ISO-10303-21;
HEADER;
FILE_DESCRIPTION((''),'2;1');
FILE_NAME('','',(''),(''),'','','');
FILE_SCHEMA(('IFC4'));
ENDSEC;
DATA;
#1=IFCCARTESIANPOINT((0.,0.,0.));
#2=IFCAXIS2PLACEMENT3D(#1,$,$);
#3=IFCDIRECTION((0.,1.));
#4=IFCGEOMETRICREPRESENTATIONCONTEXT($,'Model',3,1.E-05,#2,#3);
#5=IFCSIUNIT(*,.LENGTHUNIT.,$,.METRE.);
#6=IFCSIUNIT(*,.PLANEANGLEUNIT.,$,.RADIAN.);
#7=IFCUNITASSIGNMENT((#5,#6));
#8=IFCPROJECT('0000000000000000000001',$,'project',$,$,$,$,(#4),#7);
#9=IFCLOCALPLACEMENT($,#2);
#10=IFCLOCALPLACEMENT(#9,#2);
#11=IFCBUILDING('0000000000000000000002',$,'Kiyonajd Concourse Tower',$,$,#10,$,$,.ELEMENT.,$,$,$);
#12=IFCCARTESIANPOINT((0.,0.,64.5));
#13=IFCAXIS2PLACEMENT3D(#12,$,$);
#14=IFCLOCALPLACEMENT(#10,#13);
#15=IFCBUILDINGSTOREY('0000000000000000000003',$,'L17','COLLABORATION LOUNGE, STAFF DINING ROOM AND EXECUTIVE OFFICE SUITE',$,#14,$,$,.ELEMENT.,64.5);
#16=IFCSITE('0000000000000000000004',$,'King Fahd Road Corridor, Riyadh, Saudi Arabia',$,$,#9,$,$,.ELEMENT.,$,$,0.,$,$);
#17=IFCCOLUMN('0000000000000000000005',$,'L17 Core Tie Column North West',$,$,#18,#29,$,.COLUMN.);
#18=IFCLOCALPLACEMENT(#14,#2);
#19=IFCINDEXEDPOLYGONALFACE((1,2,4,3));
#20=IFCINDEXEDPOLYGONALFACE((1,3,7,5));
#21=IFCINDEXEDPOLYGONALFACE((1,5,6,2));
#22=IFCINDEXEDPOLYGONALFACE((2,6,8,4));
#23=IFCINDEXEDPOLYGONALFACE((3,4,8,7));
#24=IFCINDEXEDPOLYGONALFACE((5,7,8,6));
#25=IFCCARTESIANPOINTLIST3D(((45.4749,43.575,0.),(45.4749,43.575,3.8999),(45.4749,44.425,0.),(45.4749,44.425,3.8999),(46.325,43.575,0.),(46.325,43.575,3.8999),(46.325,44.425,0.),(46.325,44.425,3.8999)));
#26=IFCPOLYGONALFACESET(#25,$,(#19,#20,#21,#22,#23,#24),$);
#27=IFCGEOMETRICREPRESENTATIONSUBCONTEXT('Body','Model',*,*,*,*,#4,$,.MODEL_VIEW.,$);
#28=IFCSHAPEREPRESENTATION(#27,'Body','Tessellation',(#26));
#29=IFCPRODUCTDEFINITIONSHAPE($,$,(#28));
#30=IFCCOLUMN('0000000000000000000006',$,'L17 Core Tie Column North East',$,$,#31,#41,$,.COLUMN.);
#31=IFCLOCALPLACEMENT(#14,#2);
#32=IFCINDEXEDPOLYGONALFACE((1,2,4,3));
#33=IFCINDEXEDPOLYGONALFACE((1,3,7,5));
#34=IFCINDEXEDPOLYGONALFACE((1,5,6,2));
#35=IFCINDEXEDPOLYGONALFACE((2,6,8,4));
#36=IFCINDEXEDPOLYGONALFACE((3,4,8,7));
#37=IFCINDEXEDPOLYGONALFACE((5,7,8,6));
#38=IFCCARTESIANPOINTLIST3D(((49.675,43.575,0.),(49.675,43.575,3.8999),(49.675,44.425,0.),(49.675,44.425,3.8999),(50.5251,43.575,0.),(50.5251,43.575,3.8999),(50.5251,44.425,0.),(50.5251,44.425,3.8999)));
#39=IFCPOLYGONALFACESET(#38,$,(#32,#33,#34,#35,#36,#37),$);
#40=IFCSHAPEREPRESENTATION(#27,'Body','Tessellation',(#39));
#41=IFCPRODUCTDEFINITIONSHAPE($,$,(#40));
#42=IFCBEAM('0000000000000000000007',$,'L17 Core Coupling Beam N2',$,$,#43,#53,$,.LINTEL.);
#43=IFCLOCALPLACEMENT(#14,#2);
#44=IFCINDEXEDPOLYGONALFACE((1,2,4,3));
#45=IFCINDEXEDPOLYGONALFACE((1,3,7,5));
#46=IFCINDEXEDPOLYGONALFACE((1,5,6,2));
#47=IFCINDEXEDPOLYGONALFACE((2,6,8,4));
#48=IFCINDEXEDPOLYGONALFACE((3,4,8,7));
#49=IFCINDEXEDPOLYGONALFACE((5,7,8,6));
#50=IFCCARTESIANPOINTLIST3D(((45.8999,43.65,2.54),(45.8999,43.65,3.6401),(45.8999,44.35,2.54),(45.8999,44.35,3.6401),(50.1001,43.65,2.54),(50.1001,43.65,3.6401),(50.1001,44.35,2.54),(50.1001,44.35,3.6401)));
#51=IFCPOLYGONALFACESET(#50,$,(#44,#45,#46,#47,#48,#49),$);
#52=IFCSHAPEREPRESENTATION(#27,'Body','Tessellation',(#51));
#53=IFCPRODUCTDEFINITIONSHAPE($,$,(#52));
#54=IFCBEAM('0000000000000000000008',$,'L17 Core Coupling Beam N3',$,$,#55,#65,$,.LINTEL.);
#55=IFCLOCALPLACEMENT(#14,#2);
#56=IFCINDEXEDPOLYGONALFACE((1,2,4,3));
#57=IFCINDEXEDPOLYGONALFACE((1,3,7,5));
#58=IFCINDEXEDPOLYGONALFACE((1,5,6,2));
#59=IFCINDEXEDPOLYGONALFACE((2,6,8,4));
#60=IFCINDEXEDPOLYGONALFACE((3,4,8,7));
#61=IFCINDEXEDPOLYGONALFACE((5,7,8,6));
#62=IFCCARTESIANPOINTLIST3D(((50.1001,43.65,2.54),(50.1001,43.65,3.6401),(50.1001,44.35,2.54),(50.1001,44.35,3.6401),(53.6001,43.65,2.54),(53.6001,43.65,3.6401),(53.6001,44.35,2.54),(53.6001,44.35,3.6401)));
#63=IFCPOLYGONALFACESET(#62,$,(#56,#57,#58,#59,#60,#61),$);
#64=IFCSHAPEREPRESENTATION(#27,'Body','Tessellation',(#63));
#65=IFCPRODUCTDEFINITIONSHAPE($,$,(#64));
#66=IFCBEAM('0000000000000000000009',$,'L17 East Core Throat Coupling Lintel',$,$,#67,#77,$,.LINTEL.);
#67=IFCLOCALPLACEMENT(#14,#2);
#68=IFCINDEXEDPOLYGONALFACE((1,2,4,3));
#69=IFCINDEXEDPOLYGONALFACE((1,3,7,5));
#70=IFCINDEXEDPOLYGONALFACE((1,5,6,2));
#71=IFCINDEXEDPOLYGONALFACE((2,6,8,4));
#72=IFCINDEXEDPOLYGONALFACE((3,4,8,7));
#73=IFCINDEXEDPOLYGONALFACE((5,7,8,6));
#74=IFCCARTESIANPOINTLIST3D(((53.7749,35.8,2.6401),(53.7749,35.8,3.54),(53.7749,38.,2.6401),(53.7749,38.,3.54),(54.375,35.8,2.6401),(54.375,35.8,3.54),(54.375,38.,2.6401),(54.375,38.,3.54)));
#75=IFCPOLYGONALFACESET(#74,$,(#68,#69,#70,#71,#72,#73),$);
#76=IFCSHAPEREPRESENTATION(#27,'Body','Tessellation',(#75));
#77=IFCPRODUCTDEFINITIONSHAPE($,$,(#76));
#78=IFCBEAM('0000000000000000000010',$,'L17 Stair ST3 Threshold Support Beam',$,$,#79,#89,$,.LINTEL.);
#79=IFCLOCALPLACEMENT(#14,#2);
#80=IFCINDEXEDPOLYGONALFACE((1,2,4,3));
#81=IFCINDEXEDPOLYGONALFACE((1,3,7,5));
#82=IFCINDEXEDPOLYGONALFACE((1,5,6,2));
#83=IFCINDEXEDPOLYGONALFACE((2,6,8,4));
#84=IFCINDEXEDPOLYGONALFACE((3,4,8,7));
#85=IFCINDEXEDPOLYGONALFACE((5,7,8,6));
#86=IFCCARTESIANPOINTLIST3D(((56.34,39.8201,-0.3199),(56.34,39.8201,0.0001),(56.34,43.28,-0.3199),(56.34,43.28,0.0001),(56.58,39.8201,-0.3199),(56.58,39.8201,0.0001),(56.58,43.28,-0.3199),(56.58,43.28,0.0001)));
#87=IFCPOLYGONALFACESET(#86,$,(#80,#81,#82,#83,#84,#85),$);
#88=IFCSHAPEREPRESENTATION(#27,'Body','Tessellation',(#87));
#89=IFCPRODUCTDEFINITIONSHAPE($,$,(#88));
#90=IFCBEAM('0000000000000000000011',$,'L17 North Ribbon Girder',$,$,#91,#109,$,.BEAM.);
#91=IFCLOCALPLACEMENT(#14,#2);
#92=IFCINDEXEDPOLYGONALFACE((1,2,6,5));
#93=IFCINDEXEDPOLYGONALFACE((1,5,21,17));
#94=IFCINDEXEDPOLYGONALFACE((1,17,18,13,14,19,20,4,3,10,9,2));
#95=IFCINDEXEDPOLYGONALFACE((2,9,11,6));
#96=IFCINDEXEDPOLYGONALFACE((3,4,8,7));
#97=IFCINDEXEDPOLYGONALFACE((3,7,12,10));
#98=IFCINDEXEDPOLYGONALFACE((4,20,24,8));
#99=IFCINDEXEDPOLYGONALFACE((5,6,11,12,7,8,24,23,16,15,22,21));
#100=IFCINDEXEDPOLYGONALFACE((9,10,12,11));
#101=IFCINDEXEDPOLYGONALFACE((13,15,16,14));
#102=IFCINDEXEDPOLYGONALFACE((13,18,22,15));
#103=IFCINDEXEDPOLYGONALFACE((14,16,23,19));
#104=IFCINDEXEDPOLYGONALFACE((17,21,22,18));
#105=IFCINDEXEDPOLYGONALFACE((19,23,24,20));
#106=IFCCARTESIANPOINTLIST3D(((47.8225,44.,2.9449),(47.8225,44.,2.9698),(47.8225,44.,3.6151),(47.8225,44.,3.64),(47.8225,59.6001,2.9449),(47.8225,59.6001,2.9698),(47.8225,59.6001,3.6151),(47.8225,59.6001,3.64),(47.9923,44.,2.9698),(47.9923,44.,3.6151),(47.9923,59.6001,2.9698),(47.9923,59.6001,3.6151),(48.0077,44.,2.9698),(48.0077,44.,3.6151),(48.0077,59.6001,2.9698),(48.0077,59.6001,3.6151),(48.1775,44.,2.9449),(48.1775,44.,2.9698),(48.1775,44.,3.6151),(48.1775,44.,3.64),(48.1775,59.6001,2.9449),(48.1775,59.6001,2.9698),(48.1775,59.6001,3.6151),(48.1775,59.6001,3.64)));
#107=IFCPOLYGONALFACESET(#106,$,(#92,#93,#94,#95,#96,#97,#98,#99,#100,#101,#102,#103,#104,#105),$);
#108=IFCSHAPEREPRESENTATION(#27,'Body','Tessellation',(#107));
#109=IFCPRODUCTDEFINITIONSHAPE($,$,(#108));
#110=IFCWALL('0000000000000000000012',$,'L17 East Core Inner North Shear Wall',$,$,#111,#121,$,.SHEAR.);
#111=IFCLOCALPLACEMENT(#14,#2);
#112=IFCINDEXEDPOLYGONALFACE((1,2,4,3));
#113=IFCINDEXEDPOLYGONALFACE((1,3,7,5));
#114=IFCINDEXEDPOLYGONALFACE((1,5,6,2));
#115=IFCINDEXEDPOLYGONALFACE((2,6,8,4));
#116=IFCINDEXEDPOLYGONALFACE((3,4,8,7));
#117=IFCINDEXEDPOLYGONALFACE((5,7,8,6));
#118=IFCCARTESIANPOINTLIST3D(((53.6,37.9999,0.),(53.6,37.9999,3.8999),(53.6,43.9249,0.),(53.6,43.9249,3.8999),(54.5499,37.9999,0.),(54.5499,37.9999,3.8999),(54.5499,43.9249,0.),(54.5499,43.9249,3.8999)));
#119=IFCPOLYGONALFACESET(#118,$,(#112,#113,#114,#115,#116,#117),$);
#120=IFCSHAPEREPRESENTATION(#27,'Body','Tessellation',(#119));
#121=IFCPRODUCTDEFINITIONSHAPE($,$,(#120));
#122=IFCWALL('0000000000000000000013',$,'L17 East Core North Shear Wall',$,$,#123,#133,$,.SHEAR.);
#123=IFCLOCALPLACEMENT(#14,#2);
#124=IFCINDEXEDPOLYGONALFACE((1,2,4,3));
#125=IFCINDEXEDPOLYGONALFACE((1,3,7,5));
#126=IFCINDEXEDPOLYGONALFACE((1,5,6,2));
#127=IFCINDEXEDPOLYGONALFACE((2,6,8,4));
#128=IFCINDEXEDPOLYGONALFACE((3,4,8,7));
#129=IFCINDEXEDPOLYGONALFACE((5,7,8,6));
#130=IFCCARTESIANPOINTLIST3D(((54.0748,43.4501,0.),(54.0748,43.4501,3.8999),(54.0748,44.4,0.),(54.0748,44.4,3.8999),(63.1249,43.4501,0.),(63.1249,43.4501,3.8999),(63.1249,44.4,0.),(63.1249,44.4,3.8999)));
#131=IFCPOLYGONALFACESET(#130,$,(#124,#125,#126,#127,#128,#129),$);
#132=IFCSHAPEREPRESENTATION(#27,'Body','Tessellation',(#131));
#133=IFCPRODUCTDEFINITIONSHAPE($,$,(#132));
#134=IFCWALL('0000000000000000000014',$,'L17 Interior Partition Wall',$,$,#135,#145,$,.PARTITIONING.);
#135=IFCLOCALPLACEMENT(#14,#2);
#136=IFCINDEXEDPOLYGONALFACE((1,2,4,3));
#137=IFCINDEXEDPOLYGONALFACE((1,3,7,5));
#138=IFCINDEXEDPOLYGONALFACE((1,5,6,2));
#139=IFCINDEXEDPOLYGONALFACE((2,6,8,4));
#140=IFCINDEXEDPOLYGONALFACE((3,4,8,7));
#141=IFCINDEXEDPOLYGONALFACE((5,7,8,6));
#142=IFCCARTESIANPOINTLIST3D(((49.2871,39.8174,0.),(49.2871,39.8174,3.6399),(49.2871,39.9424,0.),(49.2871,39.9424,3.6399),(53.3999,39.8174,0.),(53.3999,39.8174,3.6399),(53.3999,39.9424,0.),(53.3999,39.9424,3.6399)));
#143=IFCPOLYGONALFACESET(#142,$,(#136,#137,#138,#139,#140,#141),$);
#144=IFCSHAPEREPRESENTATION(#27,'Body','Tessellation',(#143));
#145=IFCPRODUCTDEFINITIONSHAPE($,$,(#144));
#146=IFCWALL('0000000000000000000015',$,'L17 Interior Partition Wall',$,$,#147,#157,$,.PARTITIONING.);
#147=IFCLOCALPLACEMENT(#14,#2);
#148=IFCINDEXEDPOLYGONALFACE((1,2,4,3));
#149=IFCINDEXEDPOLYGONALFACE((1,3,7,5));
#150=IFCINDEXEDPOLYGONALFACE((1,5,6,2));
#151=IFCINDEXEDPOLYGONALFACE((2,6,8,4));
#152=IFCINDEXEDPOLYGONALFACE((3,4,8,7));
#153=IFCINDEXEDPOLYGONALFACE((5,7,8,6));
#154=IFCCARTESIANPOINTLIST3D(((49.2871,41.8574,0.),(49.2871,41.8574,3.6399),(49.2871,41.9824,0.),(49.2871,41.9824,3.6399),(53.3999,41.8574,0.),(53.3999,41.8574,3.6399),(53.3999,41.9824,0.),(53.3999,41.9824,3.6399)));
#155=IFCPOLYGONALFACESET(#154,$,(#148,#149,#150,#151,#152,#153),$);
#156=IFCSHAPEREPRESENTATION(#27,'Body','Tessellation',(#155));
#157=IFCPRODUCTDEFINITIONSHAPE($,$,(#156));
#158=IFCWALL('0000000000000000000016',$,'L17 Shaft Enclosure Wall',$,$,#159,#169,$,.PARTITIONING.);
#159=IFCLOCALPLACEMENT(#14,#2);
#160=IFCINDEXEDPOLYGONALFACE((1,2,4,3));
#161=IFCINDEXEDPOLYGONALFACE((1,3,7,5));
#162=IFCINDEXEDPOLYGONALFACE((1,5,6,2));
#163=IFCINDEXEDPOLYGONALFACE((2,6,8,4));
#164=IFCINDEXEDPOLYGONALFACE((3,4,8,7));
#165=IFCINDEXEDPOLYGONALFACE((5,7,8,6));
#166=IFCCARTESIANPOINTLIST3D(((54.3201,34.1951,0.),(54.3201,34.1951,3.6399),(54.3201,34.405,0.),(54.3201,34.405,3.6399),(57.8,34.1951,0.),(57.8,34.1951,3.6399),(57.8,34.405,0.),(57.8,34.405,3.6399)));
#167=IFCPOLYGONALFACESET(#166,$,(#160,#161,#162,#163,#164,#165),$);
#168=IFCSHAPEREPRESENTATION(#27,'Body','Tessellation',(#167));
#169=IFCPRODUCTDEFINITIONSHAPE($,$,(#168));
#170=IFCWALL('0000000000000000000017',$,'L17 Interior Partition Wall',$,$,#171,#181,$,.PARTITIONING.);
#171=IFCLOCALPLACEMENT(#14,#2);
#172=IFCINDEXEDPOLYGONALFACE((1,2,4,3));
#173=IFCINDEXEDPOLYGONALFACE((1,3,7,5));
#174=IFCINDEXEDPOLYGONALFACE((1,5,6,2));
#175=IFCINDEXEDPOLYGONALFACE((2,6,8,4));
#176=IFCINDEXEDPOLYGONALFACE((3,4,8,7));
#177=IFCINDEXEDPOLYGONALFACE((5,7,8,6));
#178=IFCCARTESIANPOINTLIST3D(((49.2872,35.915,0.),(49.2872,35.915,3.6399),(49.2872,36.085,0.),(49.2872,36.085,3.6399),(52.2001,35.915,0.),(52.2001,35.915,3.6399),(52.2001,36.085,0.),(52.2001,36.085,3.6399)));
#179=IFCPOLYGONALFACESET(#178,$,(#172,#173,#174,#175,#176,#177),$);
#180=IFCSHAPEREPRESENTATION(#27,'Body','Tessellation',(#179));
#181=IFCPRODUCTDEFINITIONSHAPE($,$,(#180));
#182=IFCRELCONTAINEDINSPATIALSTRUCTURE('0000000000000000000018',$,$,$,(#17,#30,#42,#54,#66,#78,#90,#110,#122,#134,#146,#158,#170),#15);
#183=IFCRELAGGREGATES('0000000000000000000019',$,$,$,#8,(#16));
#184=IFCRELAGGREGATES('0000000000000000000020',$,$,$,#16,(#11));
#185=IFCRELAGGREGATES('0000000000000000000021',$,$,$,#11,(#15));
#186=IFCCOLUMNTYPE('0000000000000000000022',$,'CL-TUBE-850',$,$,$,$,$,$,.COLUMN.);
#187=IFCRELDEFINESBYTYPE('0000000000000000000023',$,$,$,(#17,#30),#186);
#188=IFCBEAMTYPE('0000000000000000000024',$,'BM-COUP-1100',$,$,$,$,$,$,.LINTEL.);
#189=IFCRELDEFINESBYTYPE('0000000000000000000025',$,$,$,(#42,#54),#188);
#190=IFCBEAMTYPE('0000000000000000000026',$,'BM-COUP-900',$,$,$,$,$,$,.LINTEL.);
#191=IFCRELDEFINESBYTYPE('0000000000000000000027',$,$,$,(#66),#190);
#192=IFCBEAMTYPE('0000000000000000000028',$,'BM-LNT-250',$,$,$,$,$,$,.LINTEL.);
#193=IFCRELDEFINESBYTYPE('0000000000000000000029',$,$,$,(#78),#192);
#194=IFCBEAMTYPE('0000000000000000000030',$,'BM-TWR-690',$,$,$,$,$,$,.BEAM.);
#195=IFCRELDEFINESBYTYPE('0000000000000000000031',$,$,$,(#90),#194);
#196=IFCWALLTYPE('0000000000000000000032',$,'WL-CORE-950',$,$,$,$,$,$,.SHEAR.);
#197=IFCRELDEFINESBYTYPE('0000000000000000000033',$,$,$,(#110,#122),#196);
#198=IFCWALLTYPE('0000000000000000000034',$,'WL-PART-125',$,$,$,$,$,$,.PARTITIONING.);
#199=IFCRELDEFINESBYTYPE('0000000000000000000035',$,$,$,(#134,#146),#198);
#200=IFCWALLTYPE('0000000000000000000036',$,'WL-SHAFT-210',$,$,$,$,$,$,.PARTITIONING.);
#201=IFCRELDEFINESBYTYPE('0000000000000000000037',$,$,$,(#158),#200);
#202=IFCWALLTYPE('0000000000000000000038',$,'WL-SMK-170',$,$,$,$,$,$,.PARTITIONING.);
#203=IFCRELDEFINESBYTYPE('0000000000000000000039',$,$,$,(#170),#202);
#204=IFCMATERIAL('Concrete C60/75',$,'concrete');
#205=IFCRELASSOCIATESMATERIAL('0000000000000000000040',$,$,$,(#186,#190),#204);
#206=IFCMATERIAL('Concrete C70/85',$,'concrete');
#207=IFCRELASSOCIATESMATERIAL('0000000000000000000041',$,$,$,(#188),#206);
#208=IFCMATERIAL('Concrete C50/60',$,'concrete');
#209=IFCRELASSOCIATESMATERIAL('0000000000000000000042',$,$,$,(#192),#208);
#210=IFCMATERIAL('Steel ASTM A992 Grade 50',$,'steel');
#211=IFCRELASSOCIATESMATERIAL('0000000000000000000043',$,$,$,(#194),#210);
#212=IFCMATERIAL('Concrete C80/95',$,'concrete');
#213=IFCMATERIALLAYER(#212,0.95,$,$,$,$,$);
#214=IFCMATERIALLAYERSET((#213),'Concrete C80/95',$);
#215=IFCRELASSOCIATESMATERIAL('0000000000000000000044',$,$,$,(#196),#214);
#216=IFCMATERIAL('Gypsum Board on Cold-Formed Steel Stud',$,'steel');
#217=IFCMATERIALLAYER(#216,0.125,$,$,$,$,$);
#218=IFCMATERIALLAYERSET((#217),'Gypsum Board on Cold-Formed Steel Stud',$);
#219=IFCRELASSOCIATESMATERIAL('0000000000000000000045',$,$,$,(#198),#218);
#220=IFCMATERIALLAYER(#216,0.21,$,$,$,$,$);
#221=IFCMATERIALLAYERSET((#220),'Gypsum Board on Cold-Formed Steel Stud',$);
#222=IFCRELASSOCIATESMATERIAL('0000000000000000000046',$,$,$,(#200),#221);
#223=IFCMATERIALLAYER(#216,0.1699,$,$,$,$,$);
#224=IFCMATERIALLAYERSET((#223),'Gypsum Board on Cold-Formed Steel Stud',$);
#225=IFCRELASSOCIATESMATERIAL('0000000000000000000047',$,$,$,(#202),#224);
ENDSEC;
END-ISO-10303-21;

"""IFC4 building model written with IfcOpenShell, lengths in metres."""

from ifc_helpers import new_model, si_unit, direction, frame, frame_2d, origin, origin_2d, place, context, subcontext, project, spatial, rectangle, i_section, extrude, material, layer, layer_set, material_profile, profile_set, type_object, element, save


model = new_model("IFC4")

# Units and contexts
model_context = context("Model", 3, precision=1e-05, world=origin(), true_north=direction((0.0, 1.0)))
body_context = subcontext(model_context, "Body", "Model", "MODEL_VIEW")
ifc_project = project(units=[si_unit("LENGTHUNIT", "METRE"), si_unit("PLANEANGLEUNIT", "RADIAN")], contexts=[model_context])

# Site, building, storey
site_placement = place(None, origin())
site = spatial("IfcSite", under=ifc_project, at=site_placement, Name="King Fahd Road Corridor, Riyadh, Saudi Arabia", CompositionType="ELEMENT", RefElevation=0.0)
building_placement = place(site_placement, origin())
building = spatial("IfcBuilding", under=site, at=building_placement, Name="Kiyonajd Concourse Tower", CompositionType="ELEMENT")
storey_placement = place(building_placement, frame((0.0, 0.0, 64.5)))
storey = spatial("IfcBuildingStorey", under=building, at=storey_placement, Name="L17", Description="COLLABORATION LOUNGE, STAFF DINING ROOM AND EXECUTIVE OFFICE SUITE", CompositionType="ELEMENT", Elevation=64.5)

# Columns
ifc_material_1 = material(Name="Concrete C60/75", Category="concrete")
ifc_material_profile_1 = material_profile(ifc_material_1, rectangle(XDim=0.8501, YDim=0.8501, at=origin_2d()), Name="RC-850x850")
ifc_profile_set_1 = profile_set([ifc_material_profile_1], Name="Concrete C60/75")
column_type = type_object("IfcColumnType", Name="CL-TUBE-850", PredefinedType="COLUMN", material=ifc_profile_set_1)
for number, where, z_axis, x_axis, name in (
    (1, (45.8999, 44.0, 0.0), (0.0, 0.0, 1.0), (1.0, 0.0, 0.0), "L17 Core Tie Column North West"),
    (2, (50.1001, 44.0, 0.0), (0.0, 0.0, 1.0), (1.0, 0.0, 0.0), "L17 Core Tie Column North East"),
):
    element("IfcColumn", number, at=place(storey_placement, frame(where, z_axis=z_axis, x_axis=x_axis)), inside=storey, type_object=column_type, Name=name, PredefinedType="COLUMN", context=body_context, shape_type="SweptSolid", body=[
        extrude(rectangle(XDim=0.8501, YDim=0.8501, at=origin_2d()), origin(), (0.0, 0.0, 1.0), 3.8999),
    ])

# Beams
ifc_material_2 = material(Name="Concrete C70/85", Category="concrete")
ifc_material_profile_2 = material_profile(ifc_material_2, rectangle(XDim=0.7, YDim=1.1001, at=origin_2d()), Name="RCBM-700x1100")
ifc_profile_set_2 = profile_set([ifc_material_profile_2], Name="Concrete C70/85")
beam_type_1 = type_object("IfcBeamType", Name="BM-COUP-1100", PredefinedType="LINTEL", material=ifc_profile_set_2)
beam_1_placement = place(storey_placement, frame((45.8999, 44.0, 3.0901), z_axis=(1.0, 0.0, 0.0), x_axis=(0.0, 1.0, 0.0)))
element("IfcBeam", 3, at=beam_1_placement, inside=storey, type_object=beam_type_1, Name="L17 Core Coupling Beam N2", PredefinedType="LINTEL", context=body_context, shape_type="SweptSolid", body=[
    extrude(rectangle(XDim=0.7, YDim=1.1001, at=origin_2d()), origin(), (0.0, 0.0, 1.0), 4.2002),
])
beam_2_placement = place(storey_placement, frame((50.1001, 44.0, 3.0901), z_axis=(1.0, 0.0, 0.0), x_axis=(0.0, 1.0, 0.0)))
element("IfcBeam", 4, at=beam_2_placement, inside=storey, type_object=beam_type_1, Name="L17 Core Coupling Beam N3", PredefinedType="LINTEL", context=body_context, shape_type="SweptSolid", body=[
    extrude(rectangle(XDim=0.7, YDim=1.1001, at=origin_2d()), origin(), (0.0, 0.0, 1.0), 3.5),
])
ifc_material_profile_3 = material_profile(ifc_material_1, rectangle(XDim=0.6001, YDim=0.8999, at=origin_2d()), Name="RCBM-600x900")
ifc_profile_set_3 = profile_set([ifc_material_profile_3], Name="Concrete C60/75")
beam_type_2 = type_object("IfcBeamType", Name="BM-COUP-900", PredefinedType="LINTEL", material=ifc_profile_set_3)
beam_3_placement = place(storey_placement, frame((54.075, 35.8, 3.0901), z_axis=(0.0, 1.0, 0.0), x_axis=(-1.0, 0.0, 0.0)))
element("IfcBeam", 5, at=beam_3_placement, inside=storey, type_object=beam_type_2, Name="L17 East Core Throat Coupling Lintel", PredefinedType="LINTEL", context=body_context, shape_type="SweptSolid", body=[
    extrude(rectangle(XDim=0.6001, YDim=0.8999, at=origin_2d()), origin(), (0.0, 0.0, 1.0), 2.2),
])
ifc_material_3 = material(Name="Concrete C50/60", Category="concrete")
ifc_material_profile_4 = material_profile(ifc_material_3, rectangle(XDim=0.24, YDim=0.3201, at=origin_2d()), Name="RCBM-240x320")
ifc_profile_set_4 = profile_set([ifc_material_profile_4], Name="Concrete C50/60")
beam_type_3 = type_object("IfcBeamType", Name="BM-LNT-250", PredefinedType="LINTEL", material=ifc_profile_set_4)
beam_4_placement = place(storey_placement, frame((56.46, 39.8201, -0.1599), z_axis=(0.0, 1.0, 0.0), x_axis=(-1.0, 0.0, 0.0)))
element("IfcBeam", 6, at=beam_4_placement, inside=storey, type_object=beam_type_3, Name="L17 Stair ST3 Threshold Support Beam", PredefinedType="LINTEL", context=body_context, shape_type="SweptSolid", body=[
    extrude(rectangle(XDim=0.24, YDim=0.3201, at=origin_2d()), origin(), (0.0, 0.0, 1.0), 3.46),
])
ifc_material_4 = material(Name="Steel ASTM A992 Grade 50", Category="steel")
ifc_material_profile_5 = material_profile(ifc_material_4, i_section(OverallWidth=0.355, OverallDepth=0.6951, WebThickness=0.0154, FlangeThickness=0.0249, at=origin_2d()), Name="W690X217")
ifc_profile_set_5 = profile_set([ifc_material_profile_5], Name="Steel ASTM A992 Grade 50")
beam_type_4 = type_object("IfcBeamType", Name="BM-TWR-690", PredefinedType="BEAM", material=ifc_profile_set_5)
beam_5_placement = place(storey_placement, frame((48.0, 44.0, 3.2925), z_axis=(0.0, 1.0, 0.0), x_axis=(-1.0, 0.0, 0.0)))
element("IfcBeam", 7, at=beam_5_placement, inside=storey, type_object=beam_type_4, Name="L17 North Ribbon Girder", PredefinedType="BEAM", context=body_context, shape_type="SweptSolid", body=[
    extrude(i_section(OverallWidth=0.355, OverallDepth=0.6951, WebThickness=0.0154, FlangeThickness=0.0249, at=origin_2d()), origin(), (0.0, 0.0, 1.0), 15.6001),
])

# Walls
ifc_material_5 = material(Name="Concrete C80/95", Category="concrete")
ifc_layer_1 = layer(ifc_material_5, 0.95)
ifc_layer_set_1 = layer_set([ifc_layer_1], Name="Concrete C80/95")
wall_type_1 = type_object("IfcWallType", Name="WL-CORE-950", PredefinedType="SHEAR", material=ifc_layer_set_1)
wall_1_placement = place(storey_placement, frame((54.075, 38.0, 0.0), z_axis=(0.0, 0.0, 1.0), x_axis=(0.0, 1.0, 0.0)))
element("IfcWall", 8, at=wall_1_placement, inside=storey, type_object=wall_type_1, Name="L17 East Core Inner North Shear Wall", PredefinedType="SHEAR", context=body_context, shape_type="SweptSolid", body=[
    extrude(rectangle(XDim=5.925, YDim=0.95, at=frame_2d((2.9624, 0.0))), origin(), (0.0, 0.0, 1.0), 3.8999),
])
wall_2_placement = place(storey_placement, frame((54.075, 43.925, 0.0), z_axis=(0.0, 0.0, 1.0), x_axis=(1.0, 0.0, 0.0)))
element("IfcWall", 9, at=wall_2_placement, inside=storey, type_object=wall_type_1, Name="L17 East Core North Shear Wall", PredefinedType="SHEAR", context=body_context, shape_type="SweptSolid", body=[
    extrude(rectangle(XDim=9.05, YDim=0.95, at=frame_2d((4.5249, 0.0))), origin(), (0.0, 0.0, 1.0), 3.8999),
])
ifc_material_6 = material(Name="Gypsum Board on Cold-Formed Steel Stud", Category="steel")
ifc_layer_2 = layer(ifc_material_6, 0.125)
ifc_layer_set_2 = layer_set([ifc_layer_2], Name="Gypsum Board on Cold-Formed Steel Stud")
wall_type_2 = type_object("IfcWallType", Name="WL-PART-125", PredefinedType="PARTITIONING", material=ifc_layer_set_2)
for number, where, z_axis, x_axis, name in (
    (10, (49.2871, 39.8799, 0.0), (0.0, 0.0, 1.0), (1.0, 0.0, 0.0), "L17 Interior Partition Wall"),
    (11, (49.2871, 41.9199, 0.0), (0.0, 0.0, 1.0), (1.0, 0.0, 0.0), "L17 Interior Partition Wall"),
):
    element("IfcWall", number, at=place(storey_placement, frame(where, z_axis=z_axis, x_axis=x_axis)), inside=storey, type_object=wall_type_2, Name=name, PredefinedType="PARTITIONING", context=body_context, shape_type="SweptSolid", body=[
        extrude(rectangle(XDim=4.1128, YDim=0.125, at=frame_2d((2.0564, 0.0))), origin(), (0.0, 0.0, 1.0), 3.6399),
    ])
ifc_layer_3 = layer(ifc_material_6, 0.21)
ifc_layer_set_3 = layer_set([ifc_layer_3], Name="Gypsum Board on Cold-Formed Steel Stud")
wall_type_3 = type_object("IfcWallType", Name="WL-SHAFT-210", PredefinedType="PARTITIONING", material=ifc_layer_set_3)
wall_3_placement = place(storey_placement, frame((54.3201, 34.3, 0.0), z_axis=(0.0, 0.0, 1.0), x_axis=(1.0, 0.0, 0.0)))
element("IfcWall", 12, at=wall_3_placement, inside=storey, type_object=wall_type_3, Name="L17 Shaft Enclosure Wall", PredefinedType="PARTITIONING", context=body_context, shape_type="SweptSolid", body=[
    extrude(rectangle(XDim=3.48, YDim=0.21, at=frame_2d((1.74, 0.0))), origin(), (0.0, 0.0, 1.0), 3.6399),
])
ifc_layer_4 = layer(ifc_material_6, 0.1699)
ifc_layer_set_4 = layer_set([ifc_layer_4], Name="Gypsum Board on Cold-Formed Steel Stud")
wall_type_4 = type_object("IfcWallType", Name="WL-SMK-170", PredefinedType="PARTITIONING", material=ifc_layer_set_4)
wall_4_placement = place(storey_placement, frame((49.2871, 36.0, 0.0), z_axis=(0.0, 0.0, 1.0), x_axis=(1.0, 0.0, 0.0)))
element("IfcWall", 13, at=wall_4_placement, inside=storey, type_object=wall_type_4, Name="L17 Interior Partition Wall", PredefinedType="PARTITIONING", context=body_context, shape_type="SweptSolid", body=[
    extrude(rectangle(XDim=2.9128, YDim=0.1699, at=frame_2d((1.4565, 0.0))), origin(), (0.0, 0.0, 1.0), 3.6399),
])

save(model, "model.ifc")
